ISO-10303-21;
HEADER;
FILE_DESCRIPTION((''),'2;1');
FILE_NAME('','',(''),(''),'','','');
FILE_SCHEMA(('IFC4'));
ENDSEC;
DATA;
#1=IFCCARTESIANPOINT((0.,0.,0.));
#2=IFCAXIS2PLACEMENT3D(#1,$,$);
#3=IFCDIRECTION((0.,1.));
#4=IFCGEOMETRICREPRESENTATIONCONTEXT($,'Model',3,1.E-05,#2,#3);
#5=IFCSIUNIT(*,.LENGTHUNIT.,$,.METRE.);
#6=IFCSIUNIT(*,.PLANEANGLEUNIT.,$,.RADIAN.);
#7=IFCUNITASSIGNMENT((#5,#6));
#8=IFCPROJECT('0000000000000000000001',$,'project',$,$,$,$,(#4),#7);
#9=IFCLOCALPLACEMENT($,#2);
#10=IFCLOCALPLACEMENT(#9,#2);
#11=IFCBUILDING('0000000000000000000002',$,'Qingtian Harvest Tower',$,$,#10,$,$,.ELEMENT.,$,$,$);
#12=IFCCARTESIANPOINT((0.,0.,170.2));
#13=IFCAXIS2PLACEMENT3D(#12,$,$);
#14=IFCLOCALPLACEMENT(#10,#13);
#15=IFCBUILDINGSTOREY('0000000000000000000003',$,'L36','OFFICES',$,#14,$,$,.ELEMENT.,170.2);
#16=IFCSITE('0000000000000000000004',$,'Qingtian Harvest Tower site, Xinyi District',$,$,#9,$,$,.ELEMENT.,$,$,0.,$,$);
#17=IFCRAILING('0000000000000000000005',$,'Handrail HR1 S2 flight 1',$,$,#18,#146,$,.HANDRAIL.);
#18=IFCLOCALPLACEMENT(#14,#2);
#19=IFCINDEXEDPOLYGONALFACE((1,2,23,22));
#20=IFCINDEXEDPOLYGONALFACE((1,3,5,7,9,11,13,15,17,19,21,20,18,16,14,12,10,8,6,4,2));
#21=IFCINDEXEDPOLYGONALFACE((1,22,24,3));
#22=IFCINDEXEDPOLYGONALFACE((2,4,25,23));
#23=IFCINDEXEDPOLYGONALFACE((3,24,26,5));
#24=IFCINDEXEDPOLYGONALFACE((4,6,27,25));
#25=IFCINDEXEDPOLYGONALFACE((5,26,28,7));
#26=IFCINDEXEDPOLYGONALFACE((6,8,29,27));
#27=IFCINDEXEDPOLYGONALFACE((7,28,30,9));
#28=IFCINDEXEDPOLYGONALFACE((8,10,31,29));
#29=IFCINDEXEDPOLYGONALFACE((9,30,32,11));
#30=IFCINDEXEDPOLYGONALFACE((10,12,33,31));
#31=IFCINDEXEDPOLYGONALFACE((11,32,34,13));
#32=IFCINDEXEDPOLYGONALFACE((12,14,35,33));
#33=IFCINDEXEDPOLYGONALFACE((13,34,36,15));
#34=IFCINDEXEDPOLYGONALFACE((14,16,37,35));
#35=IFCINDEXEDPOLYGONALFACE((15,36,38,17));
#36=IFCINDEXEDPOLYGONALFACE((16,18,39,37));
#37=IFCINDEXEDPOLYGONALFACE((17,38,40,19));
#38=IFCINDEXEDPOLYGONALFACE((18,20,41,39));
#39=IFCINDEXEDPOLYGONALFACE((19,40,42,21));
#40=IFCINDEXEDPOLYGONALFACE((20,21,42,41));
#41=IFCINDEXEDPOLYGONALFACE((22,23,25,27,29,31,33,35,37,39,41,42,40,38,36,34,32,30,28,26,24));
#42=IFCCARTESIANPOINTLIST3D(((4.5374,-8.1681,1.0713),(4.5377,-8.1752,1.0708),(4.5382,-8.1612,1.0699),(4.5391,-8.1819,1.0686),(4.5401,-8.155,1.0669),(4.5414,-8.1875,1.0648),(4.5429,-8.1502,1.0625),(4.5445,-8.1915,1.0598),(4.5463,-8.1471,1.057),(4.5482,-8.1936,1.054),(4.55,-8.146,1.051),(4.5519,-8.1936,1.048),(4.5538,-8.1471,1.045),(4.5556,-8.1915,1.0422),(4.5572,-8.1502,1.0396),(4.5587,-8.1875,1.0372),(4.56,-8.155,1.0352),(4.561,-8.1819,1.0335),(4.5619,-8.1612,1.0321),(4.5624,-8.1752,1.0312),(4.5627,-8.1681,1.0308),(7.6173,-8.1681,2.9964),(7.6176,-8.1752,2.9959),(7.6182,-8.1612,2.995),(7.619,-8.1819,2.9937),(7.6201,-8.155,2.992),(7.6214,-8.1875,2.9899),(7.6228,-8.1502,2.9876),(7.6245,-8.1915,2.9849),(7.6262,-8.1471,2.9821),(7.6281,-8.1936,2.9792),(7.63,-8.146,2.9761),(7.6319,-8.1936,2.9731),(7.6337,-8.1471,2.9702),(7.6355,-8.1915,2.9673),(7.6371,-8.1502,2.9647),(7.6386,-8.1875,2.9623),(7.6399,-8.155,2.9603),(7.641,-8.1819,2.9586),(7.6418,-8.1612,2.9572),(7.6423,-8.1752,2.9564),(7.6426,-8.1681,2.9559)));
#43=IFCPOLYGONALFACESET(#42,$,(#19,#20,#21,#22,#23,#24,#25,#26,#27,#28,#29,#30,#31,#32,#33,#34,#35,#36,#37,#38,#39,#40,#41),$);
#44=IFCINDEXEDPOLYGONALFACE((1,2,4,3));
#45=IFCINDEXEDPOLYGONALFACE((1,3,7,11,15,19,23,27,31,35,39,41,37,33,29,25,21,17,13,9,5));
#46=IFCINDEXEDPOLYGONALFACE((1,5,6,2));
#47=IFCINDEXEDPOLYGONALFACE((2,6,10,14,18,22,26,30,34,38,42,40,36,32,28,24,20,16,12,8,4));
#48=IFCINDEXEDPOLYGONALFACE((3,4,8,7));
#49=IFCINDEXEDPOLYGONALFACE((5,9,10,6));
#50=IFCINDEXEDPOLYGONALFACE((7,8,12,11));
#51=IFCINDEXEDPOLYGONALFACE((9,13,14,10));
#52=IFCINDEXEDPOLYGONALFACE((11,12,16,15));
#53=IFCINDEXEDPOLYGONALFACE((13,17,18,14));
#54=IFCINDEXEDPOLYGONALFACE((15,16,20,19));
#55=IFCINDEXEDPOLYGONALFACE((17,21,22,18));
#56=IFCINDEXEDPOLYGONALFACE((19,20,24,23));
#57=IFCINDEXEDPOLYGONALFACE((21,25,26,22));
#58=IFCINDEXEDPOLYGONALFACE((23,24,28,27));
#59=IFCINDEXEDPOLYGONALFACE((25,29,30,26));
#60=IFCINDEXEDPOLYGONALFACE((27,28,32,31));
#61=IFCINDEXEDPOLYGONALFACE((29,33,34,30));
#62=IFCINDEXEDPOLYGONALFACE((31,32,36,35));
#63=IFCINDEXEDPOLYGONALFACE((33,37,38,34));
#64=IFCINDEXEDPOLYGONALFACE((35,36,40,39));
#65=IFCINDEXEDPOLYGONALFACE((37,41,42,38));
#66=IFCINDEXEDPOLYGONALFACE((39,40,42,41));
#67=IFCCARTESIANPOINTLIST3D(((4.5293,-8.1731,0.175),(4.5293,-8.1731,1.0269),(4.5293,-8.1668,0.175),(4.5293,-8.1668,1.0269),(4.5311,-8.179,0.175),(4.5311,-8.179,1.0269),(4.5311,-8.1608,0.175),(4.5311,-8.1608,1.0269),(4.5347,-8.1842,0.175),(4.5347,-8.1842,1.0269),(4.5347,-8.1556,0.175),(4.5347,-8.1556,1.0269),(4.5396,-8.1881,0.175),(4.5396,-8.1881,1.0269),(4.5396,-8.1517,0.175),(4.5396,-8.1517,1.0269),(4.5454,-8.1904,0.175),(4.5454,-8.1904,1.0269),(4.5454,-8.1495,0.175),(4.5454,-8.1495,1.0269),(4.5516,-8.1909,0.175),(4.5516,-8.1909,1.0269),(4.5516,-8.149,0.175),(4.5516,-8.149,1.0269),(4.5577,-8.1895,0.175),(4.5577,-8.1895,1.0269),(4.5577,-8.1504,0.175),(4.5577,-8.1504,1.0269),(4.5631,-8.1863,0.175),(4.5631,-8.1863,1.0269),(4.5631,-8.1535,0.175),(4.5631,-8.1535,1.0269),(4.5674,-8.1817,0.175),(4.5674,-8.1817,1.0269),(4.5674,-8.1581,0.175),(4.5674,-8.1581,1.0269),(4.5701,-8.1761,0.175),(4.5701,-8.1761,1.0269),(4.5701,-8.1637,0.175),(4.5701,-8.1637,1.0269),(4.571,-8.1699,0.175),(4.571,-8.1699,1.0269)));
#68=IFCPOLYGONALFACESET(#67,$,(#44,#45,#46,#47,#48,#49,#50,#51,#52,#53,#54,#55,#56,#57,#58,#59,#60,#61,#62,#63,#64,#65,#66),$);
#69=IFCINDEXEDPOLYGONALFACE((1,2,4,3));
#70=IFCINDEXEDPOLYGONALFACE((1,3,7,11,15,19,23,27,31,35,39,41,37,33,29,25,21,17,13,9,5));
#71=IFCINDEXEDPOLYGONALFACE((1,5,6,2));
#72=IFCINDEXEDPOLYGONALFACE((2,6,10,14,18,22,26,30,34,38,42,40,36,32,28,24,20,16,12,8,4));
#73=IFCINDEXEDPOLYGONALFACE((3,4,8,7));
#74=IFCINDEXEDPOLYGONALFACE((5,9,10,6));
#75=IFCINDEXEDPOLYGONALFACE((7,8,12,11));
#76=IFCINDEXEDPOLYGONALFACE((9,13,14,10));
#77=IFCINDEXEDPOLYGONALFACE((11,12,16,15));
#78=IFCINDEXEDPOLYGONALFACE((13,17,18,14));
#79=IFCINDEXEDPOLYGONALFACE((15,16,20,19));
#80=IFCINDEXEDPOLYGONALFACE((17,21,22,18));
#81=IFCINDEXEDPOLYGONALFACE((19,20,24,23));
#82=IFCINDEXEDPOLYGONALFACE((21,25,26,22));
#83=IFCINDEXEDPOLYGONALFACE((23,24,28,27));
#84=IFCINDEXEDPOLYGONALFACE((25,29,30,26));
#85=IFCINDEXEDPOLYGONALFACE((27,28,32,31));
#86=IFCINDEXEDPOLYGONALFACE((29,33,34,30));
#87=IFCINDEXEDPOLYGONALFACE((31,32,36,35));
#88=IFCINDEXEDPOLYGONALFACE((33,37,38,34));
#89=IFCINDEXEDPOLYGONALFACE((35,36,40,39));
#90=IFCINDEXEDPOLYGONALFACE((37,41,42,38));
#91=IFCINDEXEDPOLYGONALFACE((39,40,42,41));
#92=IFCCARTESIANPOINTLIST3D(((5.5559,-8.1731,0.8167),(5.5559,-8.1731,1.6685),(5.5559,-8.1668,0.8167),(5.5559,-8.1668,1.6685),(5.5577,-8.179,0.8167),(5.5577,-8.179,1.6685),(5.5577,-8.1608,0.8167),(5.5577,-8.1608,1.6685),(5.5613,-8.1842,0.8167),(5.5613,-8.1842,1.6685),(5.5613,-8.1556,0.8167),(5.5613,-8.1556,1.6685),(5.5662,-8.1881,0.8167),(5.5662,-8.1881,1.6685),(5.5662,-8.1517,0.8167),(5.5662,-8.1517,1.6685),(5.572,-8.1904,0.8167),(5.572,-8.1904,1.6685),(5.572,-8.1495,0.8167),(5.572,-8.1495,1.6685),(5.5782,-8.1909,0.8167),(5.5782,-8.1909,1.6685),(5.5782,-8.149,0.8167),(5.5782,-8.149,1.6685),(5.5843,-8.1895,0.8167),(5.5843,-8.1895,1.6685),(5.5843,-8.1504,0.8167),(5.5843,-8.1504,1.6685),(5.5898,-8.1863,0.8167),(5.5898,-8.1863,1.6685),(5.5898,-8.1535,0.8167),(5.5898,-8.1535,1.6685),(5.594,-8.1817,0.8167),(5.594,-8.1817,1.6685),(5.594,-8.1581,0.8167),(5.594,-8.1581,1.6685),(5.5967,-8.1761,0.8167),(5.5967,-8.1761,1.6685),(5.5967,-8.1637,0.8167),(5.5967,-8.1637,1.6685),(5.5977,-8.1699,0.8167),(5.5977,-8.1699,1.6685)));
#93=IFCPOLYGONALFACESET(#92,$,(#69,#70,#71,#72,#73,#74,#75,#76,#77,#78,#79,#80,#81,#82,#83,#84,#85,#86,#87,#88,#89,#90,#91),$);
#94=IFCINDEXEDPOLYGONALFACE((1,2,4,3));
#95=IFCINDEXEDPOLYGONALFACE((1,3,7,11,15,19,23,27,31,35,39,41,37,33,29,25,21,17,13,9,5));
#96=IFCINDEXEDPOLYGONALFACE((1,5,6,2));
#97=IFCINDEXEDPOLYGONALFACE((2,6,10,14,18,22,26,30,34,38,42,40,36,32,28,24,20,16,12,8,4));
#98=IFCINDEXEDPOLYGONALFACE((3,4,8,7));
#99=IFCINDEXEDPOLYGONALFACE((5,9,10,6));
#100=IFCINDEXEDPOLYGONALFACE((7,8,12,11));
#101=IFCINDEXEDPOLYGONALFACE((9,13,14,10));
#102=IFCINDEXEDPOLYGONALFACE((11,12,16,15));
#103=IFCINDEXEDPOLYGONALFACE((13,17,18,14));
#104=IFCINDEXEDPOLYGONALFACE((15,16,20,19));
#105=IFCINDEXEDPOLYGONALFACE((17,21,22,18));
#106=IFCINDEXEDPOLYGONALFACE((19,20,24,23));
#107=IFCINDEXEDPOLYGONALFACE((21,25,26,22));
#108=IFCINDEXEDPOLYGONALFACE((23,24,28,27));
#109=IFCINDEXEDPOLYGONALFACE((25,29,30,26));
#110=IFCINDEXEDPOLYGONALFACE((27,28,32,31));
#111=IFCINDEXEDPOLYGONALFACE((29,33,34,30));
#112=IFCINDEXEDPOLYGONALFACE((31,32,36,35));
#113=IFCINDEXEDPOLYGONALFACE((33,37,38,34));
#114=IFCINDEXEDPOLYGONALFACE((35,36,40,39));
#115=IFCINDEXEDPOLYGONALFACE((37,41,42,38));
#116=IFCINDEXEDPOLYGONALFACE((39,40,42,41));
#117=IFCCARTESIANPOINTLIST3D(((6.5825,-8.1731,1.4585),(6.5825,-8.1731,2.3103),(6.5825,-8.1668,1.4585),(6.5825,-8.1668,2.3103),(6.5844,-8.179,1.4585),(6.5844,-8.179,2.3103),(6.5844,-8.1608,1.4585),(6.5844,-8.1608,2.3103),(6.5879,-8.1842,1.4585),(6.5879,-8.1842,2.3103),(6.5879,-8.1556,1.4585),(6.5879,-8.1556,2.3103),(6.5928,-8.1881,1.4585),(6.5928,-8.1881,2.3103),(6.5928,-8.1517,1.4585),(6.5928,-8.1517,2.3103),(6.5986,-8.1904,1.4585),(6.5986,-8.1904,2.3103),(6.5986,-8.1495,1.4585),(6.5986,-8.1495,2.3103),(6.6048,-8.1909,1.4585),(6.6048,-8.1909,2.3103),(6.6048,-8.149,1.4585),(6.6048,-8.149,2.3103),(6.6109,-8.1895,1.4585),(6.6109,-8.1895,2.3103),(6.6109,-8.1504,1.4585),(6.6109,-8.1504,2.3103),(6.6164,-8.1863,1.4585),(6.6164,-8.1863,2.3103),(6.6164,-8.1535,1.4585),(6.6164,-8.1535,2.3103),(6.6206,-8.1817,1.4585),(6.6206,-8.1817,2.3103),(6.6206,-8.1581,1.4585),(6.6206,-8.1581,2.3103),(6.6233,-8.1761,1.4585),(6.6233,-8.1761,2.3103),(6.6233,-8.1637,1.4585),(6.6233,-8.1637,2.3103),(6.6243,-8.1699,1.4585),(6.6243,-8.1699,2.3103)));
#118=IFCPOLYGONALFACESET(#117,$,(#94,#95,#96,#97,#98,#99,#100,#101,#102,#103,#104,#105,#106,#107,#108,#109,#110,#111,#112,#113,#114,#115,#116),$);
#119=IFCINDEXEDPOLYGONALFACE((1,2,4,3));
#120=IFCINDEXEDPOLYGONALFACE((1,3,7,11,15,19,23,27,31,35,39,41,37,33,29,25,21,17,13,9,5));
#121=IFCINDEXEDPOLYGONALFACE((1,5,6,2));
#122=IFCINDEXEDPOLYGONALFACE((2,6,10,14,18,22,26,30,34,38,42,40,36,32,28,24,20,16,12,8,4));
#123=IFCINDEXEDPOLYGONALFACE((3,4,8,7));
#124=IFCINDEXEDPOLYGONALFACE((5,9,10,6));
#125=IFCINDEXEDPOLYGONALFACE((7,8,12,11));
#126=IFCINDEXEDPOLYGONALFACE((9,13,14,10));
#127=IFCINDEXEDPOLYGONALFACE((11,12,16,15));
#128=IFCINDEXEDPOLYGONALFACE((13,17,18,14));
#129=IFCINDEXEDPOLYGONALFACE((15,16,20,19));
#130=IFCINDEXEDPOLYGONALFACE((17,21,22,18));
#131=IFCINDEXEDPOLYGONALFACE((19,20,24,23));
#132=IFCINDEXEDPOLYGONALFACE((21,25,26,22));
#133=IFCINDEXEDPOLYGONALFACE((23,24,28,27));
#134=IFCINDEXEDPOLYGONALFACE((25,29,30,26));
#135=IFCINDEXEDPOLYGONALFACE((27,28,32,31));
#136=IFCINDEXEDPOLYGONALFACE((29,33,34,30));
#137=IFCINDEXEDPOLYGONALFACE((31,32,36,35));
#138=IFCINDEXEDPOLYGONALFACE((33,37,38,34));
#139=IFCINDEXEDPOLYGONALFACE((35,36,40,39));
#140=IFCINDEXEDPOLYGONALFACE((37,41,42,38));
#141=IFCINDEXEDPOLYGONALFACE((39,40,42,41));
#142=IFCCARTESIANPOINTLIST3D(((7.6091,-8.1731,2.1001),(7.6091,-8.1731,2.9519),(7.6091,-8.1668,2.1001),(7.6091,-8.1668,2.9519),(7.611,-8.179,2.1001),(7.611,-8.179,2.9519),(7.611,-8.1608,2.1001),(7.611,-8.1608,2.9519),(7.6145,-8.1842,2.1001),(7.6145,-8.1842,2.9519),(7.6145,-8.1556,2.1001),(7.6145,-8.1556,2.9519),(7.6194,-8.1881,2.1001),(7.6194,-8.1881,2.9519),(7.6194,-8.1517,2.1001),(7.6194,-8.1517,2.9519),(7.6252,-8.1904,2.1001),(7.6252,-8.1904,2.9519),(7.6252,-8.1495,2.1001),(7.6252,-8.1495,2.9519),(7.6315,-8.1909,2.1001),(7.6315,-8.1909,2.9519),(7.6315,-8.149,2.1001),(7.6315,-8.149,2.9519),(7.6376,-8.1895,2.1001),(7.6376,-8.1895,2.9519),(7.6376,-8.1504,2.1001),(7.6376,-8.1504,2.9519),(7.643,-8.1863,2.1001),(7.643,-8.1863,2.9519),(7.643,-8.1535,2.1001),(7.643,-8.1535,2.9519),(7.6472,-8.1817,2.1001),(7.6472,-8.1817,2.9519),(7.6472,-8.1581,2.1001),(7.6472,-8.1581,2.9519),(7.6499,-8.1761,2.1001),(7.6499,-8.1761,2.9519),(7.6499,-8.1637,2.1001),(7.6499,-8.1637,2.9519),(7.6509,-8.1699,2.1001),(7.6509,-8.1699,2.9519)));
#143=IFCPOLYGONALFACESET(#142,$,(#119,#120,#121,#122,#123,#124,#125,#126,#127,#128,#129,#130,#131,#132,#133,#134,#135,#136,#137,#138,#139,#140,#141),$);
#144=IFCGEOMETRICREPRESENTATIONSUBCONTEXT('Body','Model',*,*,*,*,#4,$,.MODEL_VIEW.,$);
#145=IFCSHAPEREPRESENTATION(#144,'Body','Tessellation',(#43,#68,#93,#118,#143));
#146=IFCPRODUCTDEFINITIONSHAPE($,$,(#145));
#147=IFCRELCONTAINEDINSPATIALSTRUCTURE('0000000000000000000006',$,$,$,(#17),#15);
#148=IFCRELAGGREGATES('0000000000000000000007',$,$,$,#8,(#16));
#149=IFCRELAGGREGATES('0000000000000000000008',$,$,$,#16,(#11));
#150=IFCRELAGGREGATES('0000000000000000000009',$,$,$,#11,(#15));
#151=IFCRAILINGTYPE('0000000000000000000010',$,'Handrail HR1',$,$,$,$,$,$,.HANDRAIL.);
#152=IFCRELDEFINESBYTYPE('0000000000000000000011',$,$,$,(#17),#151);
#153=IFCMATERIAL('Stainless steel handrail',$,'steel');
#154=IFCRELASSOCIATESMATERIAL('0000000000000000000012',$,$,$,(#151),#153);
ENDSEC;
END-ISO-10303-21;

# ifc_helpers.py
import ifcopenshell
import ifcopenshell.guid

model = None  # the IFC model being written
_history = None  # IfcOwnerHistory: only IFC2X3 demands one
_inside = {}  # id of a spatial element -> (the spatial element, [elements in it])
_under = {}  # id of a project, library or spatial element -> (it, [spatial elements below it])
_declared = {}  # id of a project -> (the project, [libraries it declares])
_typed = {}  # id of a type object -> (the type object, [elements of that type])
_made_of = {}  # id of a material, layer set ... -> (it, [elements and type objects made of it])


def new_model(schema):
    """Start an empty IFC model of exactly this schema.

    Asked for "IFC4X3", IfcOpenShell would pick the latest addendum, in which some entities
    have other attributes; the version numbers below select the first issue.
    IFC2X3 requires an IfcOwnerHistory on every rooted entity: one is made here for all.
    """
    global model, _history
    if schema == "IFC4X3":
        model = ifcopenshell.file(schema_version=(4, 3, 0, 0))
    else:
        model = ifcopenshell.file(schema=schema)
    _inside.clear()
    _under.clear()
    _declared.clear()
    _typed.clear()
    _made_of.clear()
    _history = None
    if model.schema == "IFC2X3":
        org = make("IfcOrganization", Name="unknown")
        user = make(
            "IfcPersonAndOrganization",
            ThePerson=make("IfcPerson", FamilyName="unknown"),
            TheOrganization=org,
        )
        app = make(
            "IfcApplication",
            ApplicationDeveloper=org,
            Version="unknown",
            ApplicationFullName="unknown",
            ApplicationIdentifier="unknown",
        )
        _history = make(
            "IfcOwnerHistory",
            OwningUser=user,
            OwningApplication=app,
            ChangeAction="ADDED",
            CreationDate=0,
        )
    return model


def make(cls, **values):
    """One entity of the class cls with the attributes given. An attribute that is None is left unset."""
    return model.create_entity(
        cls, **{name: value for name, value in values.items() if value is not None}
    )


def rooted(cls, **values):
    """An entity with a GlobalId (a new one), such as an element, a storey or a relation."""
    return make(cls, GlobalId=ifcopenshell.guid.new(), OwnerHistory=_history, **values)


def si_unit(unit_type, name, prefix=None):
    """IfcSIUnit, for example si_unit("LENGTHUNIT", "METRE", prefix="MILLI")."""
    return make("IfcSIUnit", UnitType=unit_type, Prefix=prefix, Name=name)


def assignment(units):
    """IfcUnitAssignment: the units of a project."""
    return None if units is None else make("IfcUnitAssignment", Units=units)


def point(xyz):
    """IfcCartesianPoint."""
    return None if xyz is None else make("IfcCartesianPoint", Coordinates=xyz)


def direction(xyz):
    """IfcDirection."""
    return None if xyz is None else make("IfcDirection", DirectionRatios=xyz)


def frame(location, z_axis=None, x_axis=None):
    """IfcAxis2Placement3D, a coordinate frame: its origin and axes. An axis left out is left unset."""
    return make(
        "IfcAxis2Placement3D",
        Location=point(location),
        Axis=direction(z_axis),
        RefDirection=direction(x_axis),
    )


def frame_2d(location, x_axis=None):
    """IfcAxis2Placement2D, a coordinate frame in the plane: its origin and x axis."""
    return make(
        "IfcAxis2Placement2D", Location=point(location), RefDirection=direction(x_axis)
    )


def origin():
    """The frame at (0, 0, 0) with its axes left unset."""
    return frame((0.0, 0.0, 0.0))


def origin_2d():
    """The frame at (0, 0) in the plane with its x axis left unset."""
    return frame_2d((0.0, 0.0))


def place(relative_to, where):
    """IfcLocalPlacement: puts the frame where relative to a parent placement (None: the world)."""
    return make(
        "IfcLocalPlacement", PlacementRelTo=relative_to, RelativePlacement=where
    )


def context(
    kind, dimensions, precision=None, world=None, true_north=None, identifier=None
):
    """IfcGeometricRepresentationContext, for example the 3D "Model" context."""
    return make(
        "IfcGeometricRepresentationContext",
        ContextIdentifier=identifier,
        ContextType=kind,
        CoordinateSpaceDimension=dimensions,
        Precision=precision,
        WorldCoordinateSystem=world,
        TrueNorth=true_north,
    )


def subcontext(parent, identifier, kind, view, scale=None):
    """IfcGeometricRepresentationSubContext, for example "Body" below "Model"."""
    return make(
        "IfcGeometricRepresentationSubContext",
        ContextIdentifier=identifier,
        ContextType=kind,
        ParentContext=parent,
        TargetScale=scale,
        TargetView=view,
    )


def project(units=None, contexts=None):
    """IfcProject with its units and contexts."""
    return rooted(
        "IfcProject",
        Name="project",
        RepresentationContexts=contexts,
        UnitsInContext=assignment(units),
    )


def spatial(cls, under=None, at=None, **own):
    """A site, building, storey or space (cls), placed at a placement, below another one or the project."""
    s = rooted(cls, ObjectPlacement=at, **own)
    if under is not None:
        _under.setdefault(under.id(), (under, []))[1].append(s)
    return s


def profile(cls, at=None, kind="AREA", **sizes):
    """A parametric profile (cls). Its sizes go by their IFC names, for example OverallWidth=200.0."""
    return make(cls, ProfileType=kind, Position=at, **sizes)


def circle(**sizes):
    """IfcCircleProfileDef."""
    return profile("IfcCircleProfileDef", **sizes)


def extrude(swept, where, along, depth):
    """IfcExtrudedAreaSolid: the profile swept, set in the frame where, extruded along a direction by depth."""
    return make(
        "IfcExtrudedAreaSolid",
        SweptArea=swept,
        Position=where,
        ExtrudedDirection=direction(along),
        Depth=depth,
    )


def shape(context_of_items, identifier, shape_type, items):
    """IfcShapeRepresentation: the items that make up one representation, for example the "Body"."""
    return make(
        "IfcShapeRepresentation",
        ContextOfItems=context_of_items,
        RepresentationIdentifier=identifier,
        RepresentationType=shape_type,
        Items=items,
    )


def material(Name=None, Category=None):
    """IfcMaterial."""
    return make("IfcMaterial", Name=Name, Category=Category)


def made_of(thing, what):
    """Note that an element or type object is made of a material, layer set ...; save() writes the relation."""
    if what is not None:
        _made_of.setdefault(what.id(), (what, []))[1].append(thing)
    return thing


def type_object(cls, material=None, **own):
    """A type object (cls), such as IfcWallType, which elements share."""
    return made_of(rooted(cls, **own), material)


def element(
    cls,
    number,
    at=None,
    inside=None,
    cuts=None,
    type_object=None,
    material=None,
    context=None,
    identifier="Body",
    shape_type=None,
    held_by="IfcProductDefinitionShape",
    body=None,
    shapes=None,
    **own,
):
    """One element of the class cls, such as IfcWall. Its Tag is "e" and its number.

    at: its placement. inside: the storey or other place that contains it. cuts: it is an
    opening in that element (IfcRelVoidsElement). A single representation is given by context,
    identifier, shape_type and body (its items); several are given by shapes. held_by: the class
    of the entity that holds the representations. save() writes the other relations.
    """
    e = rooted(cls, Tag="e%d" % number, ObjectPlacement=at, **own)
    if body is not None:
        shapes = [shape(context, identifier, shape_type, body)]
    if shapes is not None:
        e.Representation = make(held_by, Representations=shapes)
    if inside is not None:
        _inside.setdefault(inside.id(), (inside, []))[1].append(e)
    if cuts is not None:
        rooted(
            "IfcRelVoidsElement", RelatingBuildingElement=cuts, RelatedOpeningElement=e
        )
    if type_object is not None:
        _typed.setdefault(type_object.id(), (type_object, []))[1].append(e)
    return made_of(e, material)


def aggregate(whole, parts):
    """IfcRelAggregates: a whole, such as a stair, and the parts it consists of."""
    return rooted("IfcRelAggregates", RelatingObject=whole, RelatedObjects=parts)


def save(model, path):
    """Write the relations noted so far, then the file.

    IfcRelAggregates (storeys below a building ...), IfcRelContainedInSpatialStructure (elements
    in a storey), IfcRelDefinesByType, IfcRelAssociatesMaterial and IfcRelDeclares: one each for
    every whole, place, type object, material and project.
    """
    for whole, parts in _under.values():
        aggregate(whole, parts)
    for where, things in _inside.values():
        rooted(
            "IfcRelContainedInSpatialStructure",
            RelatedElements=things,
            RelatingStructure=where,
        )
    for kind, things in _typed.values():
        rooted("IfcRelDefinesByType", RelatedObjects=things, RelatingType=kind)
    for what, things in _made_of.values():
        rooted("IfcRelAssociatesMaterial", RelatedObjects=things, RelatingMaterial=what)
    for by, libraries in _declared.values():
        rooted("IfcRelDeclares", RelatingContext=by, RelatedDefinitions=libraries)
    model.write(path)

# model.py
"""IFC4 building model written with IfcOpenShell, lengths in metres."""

from ifc_helpers import new_model, si_unit, direction, frame, origin, origin_2d, place, context, subcontext, project, spatial, circle, extrude, material, type_object, element, save


model = new_model("IFC4")

# Units and contexts
model_context = context("Model", 3, precision=1e-05, world=origin(), true_north=direction((0.0, 1.0)))
body_context = subcontext(model_context, "Body", "Model", "MODEL_VIEW")
ifc_project = project(units=[si_unit("LENGTHUNIT", "METRE"), si_unit("PLANEANGLEUNIT", "RADIAN")], contexts=[model_context])

# Site, building, storey
site_placement = place(None, origin())
site = spatial("IfcSite", under=ifc_project, at=site_placement, Name="Qingtian Harvest Tower site, Xinyi District", CompositionType="ELEMENT", RefElevation=0.0)
building_placement = place(site_placement, origin())
building = spatial("IfcBuilding", under=site, at=building_placement, Name="Qingtian Harvest Tower", CompositionType="ELEMENT")
storey_placement = place(building_placement, frame((0.0, 0.0, 170.2)))
storey = spatial("IfcBuildingStorey", under=building, at=storey_placement, Name="L36", Description="OFFICES", CompositionType="ELEMENT", Elevation=170.2)

# Railing
ifc_material_1 = material(Name="Stainless steel handrail", Category="steel")
railing_type = type_object("IfcRailingType", Name="Handrail HR1", PredefinedType="HANDRAIL", material=ifc_material_1)
railing_1_placement = place(storey_placement, frame((4.55, -8.1699, 0.175)))
element("IfcRailing", 1, at=railing_1_placement, inside=storey, type_object=railing_type, Name="Handrail HR1 S2 flight 1", PredefinedType="HANDRAIL", context=body_context, shape_type="SweptSolid", body=[
    extrude(circle(Radius=0.0239, at=origin_2d()), frame((0.0, 0.0, 0.876), z_axis=(0.847979, 0.0, 0.530029), x_axis=(0.0, 1.0, 0.0)), (0.0, 0.0, 1.0), 3.6321),
    extrude(circle(Radius=0.021, at=origin_2d()), origin(), (0.0, 0.0, 1.0), 0.8518),
    extrude(circle(Radius=0.021, at=origin_2d()), frame((1.0266, 0.0, 0.6416)), (0.0, 0.0, 1.0), 0.8518),
    extrude(circle(Radius=0.021, at=origin_2d()), frame((2.0532, 0.0, 1.2834)), (0.0, 0.0, 1.0), 0.8518),
    extrude(circle(Radius=0.021, at=origin_2d()), frame((3.0798, 0.0, 1.925)), (0.0, 0.0, 1.0), 0.8518),
])

save(model, "model.ifc")
